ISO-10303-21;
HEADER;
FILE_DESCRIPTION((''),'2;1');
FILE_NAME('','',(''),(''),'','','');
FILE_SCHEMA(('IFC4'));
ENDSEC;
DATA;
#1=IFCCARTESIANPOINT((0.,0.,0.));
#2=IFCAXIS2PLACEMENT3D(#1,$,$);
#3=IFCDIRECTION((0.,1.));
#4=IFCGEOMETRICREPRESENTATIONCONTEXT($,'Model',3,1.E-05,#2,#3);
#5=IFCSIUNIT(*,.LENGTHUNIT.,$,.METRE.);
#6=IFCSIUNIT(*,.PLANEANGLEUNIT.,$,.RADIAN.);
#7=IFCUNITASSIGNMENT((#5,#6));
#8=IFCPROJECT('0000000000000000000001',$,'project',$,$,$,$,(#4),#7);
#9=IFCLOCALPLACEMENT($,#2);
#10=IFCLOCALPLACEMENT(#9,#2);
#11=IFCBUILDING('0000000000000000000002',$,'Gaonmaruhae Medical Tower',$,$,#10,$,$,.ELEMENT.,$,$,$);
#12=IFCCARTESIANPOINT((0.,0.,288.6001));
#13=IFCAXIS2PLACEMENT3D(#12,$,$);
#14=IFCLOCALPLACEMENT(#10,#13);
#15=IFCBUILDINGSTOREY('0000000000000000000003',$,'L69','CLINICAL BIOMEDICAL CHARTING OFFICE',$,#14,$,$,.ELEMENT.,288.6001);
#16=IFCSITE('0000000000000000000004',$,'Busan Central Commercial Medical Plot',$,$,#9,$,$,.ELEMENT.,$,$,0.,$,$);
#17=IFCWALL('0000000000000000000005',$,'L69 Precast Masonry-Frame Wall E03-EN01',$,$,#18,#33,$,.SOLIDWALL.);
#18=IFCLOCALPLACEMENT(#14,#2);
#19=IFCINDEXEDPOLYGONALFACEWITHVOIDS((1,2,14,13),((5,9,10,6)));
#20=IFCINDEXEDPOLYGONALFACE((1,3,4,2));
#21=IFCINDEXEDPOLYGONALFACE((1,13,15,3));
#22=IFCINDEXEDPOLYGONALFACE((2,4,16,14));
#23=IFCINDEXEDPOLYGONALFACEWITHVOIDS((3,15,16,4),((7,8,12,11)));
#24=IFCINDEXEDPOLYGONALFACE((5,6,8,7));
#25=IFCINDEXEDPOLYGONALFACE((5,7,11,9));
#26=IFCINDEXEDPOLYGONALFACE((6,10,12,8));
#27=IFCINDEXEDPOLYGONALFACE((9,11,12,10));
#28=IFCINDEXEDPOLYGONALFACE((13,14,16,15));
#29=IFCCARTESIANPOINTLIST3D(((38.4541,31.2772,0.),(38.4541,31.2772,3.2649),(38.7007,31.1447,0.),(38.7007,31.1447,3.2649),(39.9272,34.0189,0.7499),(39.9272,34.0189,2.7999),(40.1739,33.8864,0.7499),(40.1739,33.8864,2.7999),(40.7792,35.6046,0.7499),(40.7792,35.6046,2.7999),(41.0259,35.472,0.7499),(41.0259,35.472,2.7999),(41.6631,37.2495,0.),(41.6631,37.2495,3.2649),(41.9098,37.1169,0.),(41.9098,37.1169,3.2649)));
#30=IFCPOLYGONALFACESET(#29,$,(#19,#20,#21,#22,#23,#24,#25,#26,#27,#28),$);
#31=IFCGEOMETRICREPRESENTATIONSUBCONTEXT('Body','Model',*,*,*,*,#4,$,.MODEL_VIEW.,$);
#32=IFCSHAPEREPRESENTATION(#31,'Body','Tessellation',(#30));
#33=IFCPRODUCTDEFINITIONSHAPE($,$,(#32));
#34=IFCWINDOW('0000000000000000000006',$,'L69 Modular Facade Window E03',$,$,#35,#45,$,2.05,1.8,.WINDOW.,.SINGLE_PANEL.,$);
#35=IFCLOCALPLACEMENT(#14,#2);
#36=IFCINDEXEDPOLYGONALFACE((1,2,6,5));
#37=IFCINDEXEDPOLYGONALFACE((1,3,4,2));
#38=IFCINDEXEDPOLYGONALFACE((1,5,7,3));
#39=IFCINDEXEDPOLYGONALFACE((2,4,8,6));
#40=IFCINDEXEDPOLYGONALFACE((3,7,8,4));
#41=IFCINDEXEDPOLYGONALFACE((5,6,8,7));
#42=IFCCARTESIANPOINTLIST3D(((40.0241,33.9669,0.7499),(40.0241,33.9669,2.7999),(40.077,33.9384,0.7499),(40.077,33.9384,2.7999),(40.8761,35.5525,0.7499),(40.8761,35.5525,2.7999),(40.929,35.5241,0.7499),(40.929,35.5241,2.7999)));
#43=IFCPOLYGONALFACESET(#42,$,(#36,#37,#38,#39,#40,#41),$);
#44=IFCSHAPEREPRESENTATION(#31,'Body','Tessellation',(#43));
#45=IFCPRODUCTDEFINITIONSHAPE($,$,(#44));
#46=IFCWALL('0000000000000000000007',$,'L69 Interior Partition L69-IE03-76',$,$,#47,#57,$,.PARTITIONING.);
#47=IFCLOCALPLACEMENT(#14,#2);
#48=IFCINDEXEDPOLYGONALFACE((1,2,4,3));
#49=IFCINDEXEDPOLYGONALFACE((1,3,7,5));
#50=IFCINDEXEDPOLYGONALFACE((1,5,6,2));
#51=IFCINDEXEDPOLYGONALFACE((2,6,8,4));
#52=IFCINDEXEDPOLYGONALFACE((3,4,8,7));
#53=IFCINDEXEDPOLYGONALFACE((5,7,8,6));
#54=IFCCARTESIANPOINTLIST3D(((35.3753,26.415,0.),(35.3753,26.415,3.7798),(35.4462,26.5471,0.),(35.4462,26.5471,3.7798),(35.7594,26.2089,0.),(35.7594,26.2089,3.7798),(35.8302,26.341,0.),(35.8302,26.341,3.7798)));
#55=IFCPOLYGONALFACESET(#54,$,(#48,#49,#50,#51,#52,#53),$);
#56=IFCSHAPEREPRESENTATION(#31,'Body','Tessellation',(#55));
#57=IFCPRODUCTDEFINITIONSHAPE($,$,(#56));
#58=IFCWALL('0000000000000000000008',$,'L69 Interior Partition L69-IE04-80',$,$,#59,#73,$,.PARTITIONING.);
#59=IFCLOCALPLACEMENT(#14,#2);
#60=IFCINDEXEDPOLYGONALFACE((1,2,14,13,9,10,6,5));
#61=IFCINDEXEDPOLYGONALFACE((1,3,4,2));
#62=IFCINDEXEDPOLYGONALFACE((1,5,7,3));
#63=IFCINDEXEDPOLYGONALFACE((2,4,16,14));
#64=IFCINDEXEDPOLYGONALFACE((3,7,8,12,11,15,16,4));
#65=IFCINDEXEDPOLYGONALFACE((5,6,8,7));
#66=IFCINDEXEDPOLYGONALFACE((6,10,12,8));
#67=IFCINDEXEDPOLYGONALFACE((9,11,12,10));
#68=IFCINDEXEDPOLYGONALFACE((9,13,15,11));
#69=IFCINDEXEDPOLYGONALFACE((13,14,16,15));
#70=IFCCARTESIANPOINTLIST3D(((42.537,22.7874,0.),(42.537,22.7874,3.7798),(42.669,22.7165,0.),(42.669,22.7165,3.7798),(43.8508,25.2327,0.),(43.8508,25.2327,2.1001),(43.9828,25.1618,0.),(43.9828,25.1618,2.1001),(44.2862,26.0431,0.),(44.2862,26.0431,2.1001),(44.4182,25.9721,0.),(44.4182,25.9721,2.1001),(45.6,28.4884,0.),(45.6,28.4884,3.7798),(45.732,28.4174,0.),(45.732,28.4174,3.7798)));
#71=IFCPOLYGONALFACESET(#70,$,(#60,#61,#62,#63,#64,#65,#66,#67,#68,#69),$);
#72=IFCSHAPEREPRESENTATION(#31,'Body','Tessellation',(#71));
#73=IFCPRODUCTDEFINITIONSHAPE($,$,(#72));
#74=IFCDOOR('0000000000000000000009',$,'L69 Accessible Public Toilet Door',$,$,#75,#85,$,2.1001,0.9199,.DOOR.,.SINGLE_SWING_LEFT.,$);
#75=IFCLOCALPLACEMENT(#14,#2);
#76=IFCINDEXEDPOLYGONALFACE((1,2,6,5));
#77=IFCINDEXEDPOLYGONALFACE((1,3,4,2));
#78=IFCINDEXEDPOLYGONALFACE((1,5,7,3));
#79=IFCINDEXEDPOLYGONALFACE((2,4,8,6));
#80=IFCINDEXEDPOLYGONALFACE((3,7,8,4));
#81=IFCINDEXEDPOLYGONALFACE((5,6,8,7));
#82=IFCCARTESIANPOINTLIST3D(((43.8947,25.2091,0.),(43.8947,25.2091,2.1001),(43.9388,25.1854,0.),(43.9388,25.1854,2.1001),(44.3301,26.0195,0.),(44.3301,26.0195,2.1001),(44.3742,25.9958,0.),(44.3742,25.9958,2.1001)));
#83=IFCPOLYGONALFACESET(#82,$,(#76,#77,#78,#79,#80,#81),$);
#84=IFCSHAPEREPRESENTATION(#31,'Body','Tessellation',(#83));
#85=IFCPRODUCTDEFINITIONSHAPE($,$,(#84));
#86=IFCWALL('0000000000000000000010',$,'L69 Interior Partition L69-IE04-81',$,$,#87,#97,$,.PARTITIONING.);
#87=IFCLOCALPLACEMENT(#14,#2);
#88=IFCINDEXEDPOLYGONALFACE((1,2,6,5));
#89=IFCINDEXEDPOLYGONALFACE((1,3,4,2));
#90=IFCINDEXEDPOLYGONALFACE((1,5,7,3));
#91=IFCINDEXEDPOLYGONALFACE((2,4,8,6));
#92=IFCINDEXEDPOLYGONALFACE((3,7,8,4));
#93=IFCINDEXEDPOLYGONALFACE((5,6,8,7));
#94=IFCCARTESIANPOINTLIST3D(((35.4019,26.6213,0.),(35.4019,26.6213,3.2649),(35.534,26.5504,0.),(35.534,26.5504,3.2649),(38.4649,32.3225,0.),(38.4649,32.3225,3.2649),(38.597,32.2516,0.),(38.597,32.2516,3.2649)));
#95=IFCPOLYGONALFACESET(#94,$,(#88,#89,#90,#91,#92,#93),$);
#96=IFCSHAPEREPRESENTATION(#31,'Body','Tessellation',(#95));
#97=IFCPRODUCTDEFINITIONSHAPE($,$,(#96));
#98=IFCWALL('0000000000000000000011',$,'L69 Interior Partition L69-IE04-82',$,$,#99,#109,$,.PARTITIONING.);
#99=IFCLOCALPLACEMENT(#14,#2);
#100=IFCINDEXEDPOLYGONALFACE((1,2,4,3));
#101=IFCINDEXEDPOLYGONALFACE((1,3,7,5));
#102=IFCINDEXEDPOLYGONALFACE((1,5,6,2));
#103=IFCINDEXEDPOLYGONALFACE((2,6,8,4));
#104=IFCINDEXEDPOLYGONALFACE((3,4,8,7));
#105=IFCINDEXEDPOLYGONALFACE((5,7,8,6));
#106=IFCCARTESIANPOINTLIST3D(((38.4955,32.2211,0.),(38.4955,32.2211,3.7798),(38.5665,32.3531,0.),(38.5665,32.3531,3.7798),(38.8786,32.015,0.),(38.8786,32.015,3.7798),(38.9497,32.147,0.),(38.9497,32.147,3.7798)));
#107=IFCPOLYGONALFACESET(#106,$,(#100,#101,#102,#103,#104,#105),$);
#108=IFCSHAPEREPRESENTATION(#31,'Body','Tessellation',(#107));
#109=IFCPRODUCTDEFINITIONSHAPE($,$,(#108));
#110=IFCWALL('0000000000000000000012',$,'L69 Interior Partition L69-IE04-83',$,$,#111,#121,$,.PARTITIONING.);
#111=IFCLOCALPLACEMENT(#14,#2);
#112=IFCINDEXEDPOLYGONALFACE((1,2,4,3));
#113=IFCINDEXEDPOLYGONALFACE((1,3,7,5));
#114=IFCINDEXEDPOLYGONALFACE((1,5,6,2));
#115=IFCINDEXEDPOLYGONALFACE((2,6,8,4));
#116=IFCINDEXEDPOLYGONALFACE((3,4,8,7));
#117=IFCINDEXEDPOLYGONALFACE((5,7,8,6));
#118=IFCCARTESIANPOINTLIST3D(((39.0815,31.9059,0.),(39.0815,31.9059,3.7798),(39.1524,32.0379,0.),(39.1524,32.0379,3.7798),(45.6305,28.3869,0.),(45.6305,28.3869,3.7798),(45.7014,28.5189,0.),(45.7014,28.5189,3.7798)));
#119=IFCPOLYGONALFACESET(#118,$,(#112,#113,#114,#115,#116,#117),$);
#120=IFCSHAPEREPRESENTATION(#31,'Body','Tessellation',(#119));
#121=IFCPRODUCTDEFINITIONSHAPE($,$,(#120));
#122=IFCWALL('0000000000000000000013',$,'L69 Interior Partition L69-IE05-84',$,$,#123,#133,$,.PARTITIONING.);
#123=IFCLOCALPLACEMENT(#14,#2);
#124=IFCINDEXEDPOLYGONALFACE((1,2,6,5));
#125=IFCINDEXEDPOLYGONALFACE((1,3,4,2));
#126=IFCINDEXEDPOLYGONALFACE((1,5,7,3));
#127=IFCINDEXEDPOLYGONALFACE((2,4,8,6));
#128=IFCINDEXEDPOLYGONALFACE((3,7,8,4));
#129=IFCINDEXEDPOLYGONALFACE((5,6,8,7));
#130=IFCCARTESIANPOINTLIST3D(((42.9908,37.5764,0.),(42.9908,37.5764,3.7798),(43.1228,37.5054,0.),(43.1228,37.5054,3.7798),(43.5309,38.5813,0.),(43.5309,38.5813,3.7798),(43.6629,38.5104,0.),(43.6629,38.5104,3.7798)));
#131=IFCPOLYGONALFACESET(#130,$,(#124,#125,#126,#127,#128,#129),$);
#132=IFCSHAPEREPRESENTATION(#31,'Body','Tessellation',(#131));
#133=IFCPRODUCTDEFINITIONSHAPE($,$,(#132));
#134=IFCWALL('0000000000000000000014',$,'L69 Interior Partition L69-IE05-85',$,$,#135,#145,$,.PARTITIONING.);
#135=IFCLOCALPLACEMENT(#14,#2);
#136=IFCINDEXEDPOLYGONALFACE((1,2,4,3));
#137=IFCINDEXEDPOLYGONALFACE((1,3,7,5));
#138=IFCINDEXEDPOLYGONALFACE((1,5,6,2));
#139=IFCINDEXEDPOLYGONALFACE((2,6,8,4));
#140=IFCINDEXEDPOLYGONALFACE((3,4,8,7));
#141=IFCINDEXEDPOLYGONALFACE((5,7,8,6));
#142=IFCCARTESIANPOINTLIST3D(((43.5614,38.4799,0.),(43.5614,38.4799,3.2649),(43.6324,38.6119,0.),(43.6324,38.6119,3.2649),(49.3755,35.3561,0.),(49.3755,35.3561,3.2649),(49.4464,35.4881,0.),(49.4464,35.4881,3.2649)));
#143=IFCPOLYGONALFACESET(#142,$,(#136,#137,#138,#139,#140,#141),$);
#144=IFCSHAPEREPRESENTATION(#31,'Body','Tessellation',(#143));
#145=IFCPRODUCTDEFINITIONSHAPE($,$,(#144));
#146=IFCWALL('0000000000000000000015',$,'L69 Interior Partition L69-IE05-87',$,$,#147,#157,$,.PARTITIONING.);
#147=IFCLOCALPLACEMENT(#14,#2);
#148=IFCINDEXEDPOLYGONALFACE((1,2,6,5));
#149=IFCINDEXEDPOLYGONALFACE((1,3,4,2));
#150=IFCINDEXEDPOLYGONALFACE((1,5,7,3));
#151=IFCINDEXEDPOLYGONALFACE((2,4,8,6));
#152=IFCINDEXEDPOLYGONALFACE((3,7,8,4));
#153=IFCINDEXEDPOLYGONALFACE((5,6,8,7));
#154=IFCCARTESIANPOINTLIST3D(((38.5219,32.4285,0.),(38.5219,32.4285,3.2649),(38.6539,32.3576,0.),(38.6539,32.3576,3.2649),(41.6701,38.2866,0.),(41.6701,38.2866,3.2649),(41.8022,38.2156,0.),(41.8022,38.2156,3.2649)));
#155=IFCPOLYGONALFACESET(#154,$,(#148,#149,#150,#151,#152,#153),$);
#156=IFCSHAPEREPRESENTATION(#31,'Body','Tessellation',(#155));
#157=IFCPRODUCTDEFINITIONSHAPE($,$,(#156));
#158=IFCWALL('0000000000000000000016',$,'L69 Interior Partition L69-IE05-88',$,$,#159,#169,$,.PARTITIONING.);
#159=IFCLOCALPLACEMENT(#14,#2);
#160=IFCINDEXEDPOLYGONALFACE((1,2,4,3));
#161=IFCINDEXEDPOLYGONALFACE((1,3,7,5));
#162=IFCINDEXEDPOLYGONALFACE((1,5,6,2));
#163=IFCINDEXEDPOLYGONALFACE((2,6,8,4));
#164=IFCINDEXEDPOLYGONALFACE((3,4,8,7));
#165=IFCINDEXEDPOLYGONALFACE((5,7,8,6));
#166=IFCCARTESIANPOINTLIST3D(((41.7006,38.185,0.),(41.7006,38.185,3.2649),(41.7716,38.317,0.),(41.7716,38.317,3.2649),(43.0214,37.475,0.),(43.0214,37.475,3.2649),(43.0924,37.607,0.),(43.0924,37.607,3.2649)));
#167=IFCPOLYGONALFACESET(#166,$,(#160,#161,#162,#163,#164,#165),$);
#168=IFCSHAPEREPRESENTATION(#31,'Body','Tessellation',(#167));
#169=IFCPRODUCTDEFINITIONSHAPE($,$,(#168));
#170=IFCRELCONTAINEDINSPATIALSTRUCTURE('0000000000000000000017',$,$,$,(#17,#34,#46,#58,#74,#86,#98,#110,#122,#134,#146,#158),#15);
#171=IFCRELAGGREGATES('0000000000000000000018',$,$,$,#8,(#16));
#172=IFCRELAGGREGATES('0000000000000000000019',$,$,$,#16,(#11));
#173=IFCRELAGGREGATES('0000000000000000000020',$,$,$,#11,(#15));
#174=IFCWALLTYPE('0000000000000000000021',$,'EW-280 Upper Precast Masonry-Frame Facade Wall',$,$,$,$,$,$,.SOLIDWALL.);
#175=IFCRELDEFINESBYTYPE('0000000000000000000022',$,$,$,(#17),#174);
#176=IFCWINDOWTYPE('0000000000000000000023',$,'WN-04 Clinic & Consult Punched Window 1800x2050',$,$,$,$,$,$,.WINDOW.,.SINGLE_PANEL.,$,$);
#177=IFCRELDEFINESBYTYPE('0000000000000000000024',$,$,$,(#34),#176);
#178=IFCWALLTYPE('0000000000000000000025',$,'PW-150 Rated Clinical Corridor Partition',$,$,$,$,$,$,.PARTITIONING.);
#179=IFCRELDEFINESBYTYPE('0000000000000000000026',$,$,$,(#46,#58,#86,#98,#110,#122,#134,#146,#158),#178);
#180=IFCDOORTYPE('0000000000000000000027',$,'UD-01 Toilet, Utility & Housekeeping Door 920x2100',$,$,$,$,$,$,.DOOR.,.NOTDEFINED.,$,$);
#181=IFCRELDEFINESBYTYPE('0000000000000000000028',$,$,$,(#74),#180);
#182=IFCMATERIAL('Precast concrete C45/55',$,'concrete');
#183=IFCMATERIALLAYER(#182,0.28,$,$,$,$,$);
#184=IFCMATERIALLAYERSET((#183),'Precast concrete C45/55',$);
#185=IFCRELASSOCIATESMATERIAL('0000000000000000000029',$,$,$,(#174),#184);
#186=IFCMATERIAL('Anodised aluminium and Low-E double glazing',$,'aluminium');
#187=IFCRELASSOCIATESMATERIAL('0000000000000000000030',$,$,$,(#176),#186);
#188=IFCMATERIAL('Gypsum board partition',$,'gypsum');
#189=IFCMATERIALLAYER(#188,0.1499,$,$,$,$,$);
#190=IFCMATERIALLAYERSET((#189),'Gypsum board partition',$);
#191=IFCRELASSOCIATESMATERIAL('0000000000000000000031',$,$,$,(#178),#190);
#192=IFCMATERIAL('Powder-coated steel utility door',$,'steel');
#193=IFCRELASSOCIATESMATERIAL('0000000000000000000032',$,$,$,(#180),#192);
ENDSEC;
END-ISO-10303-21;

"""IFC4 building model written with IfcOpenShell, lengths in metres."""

from ifc_helpers import new_model, si_unit, direction, frame, frame_2d, origin, place, context, subcontext, project, spatial, rectangle, extrude, material, layer, layer_set, type_object, element, fill, save


model = new_model("IFC4")

# Units and contexts
model_context = context("Model", 3, precision=1e-05, world=origin(), true_north=direction((0.0, 1.0)))
body_context = subcontext(model_context, "Body", "Model", "MODEL_VIEW")
ifc_project = project(units=[si_unit("LENGTHUNIT", "METRE"), si_unit("PLANEANGLEUNIT", "RADIAN")], contexts=[model_context])

# Site, building, storey
site_placement = place(None, origin())
site = spatial("IfcSite", under=ifc_project, at=site_placement, Name="Busan Central Commercial Medical Plot", CompositionType="ELEMENT", RefElevation=0.0)
building_placement = place(site_placement, origin())
building = spatial("IfcBuilding", under=site, at=building_placement, Name="Gaonmaruhae Medical Tower", CompositionType="ELEMENT")
storey_placement = place(building_placement, frame((0.0, 0.0, 288.6001)))
storey = spatial("IfcBuildingStorey", under=building, at=storey_placement, Name="L69", Description="CLINICAL BIOMEDICAL CHARTING OFFICE", CompositionType="ELEMENT", Elevation=288.6001)

# Shared definitions
ifc_material_1 = material(Name="Precast concrete C45/55", Category="concrete")
ifc_layer_1 = layer(ifc_material_1, 0.28)
ifc_layer_set_1 = layer_set([ifc_layer_1], Name="Precast concrete C45/55")
wall_type_1 = type_object("IfcWallType", Name="EW-280 Upper Precast Masonry-Frame Facade Wall", PredefinedType="SOLIDWALL", material=ifc_layer_set_1)

# Wall, opening, window
wall_1_placement = place(storey_placement, frame((38.5774, 31.2109, 0.0), z_axis=(0.0, 0.0, 1.0), x_axis=(0.473322, 0.880889, 0.0)))
wall_1 = element("IfcWall", 1, at=wall_1_placement, inside=storey, type_object=wall_type_1, Name="L69 Precast Masonry-Frame Wall E03-EN01", PredefinedType="SOLIDWALL", context=body_context, shape_type="SweptSolid", body=[
    extrude(rectangle(XDim=6.7798, YDim=0.28, at=frame_2d((3.3899, 0.0))), origin(), (0.0, 0.0, 1.0), 3.2649),
])
opening_1_placement = place(wall_1_placement, frame((3.1125, 0.0, 0.75)))
opening_1 = element("IfcOpeningElement", 2, at=opening_1_placement, cuts=wall_1, PredefinedType="OPENING", context=body_context, shape_type="SweptSolid", body=[
    extrude(rectangle(XDim=1.8, YDim=2.05, at=frame_2d((0.8999, 1.0249))), frame((0.0, 0.1499, 0.0), z_axis=(0.0, -1.0, 0.0), x_axis=(1.0, 0.0, 0.0)), (0.0, 0.0, 1.0), 0.3),
])
ifc_material_2 = material(Name="Anodised aluminium and Low-E double glazing", Category="aluminium")
window_type = type_object("IfcWindowType", Name="WN-04 Clinic & Consult Punched Window 1800x2050", PartitioningType="SINGLE_PANEL", PredefinedType="WINDOW", material=ifc_material_2)
window_placement = place(opening_1_placement, origin())
window = element("IfcWindow", 3, at=window_placement, inside=storey, type_object=window_type, Name="L69 Modular Facade Window E03", OverallHeight=2.05, OverallWidth=1.8, PartitioningType="SINGLE_PANEL", PredefinedType="WINDOW", context=body_context, shape_type="SweptSolid", body=[
    extrude(rectangle(XDim=1.8, YDim=2.05, at=frame_2d((0.8999, 1.0249))), frame((0.0, 0.03, 0.0), z_axis=(0.0, -1.0, 0.0), x_axis=(1.0, 0.0, 0.0)), (0.0, 0.0, 1.0), 0.0601),
])
fill(opening_1, window)

# Wall
ifc_material_3 = material(Name="Gypsum board partition", Category="gypsum")
ifc_layer_2 = layer(ifc_material_3, 0.1499)
ifc_layer_set_2 = layer_set([ifc_layer_2], Name="Gypsum board partition")
wall_type_2 = type_object("IfcWallType", Name="PW-150 Rated Clinical Corridor Partition", PredefinedType="PARTITIONING", material=ifc_layer_set_2)
wall_2_placement = place(storey_placement, frame((35.4109, 26.481, 0.0), z_axis=(0.0, 0.0, 1.0), x_axis=(0.881172, -0.472796, 0.0)))
element("IfcWall", 4, at=wall_2_placement, inside=storey, type_object=wall_type_2, Name="L69 Interior Partition L69-IE03-76", PredefinedType="PARTITIONING", context=body_context, shape_type="SweptSolid", body=[
    extrude(rectangle(XDim=0.4358, YDim=0.1499, at=frame_2d((0.2178, 0.0))), origin(), (0.0, 0.0, 1.0), 3.7798),
])

# Wall, opening, door
wall_3_placement = place(storey_placement, frame((45.666, 28.4529, 0.0), z_axis=(0.0, 0.0, 1.0), x_axis=(-0.473292, -0.880906, 0.0)))
wall_3 = element("IfcWall", 5, at=wall_3_placement, inside=storey, type_object=wall_type_2, Name="L69 Interior Partition L69-IE04-80", PredefinedType="PARTITIONING", context=body_context, shape_type="SweptSolid", body=[
    extrude(rectangle(XDim=6.4717, YDim=0.1499, at=frame_2d((3.2358, 0.0))), origin(), (0.0, 0.0, 1.0), 3.7798),
])
opening_2_placement = place(wall_3_placement, frame((2.7759, 0.0, 0.0)))
opening_2 = element("IfcOpeningElement", 6, at=opening_2_placement, cuts=wall_3, PredefinedType="OPENING", context=body_context, shape_type="SweptSolid", body=[
    extrude(rectangle(XDim=0.9199, YDim=2.1001, at=frame_2d((0.46, 1.05))), frame((0.0, 0.085, 0.0), z_axis=(0.0, -1.0, 0.0), x_axis=(1.0, 0.0, 0.0)), (0.0, 0.0, 1.0), 0.1699),
])
ifc_material_4 = material(Name="Powder-coated steel utility door", Category="steel")
door_type = type_object("IfcDoorType", Name="UD-01 Toilet, Utility & Housekeeping Door 920x2100", OperationType="NOTDEFINED", PredefinedType="DOOR", material=ifc_material_4)
door_placement = place(opening_2_placement, origin())
door = element("IfcDoor", 7, at=door_placement, inside=storey, type_object=door_type, Name="L69 Accessible Public Toilet Door", OperationType="SINGLE_SWING_LEFT", OverallHeight=2.1001, OverallWidth=0.9199, PredefinedType="DOOR", context=body_context, shape_type="SweptSolid", body=[
    extrude(rectangle(XDim=0.9199, YDim=2.1001, at=frame_2d((0.46, 1.05))), frame((0.0, 0.0249, 0.0), z_axis=(0.0, -1.0, 0.0), x_axis=(1.0, 0.0, 0.0)), (0.0, 0.0, 1.0), 0.05),
])
fill(opening_2, door)

# Walls
wall_4_placement = place(storey_placement, frame((35.468, 26.5859, 0.0), z_axis=(0.0, 0.0, 1.0), x_axis=(0.473276, 0.880914, 0.0)))
element("IfcWall", 8, at=wall_4_placement, inside=storey, type_object=wall_type_2, Name="L69 Interior Partition L69-IE04-81", PredefinedType="PARTITIONING", context=body_context, shape_type="SweptSolid", body=[
    extrude(rectangle(XDim=6.4719, YDim=0.1499, at=frame_2d((3.2358, 0.0))), origin(), (0.0, 0.0, 1.0), 3.2649),
])
wall_5_placement = place(storey_placement, frame((38.531, 32.2871, 0.0), z_axis=(0.0, 0.0, 1.0), x_axis=(0.880669, -0.473732, 0.0)))
element("IfcWall", 9, at=wall_5_placement, inside=storey, type_object=wall_type_2, Name="L69 Interior Partition L69-IE04-82", PredefinedType="PARTITIONING", context=body_context, shape_type="SweptSolid", body=[
    extrude(rectangle(XDim=0.4351, YDim=0.1499, at=frame_2d((0.2175, 0.0))), origin(), (0.0, 0.0, 1.0), 3.7798),
])
wall_6_placement = place(storey_placement, frame((39.1169, 31.9719, 0.0), z_axis=(0.0, 0.0, 1.0), x_axis=(0.880885, -0.47333, 0.0)))
element("IfcWall", 10, at=wall_6_placement, inside=storey, type_object=wall_type_2, Name="L69 Interior Partition L69-IE04-83", PredefinedType="PARTITIONING", context=body_context, shape_type="SweptSolid", body=[
    extrude(rectangle(XDim=7.4346, YDim=0.1499, at=frame_2d((3.7173, 0.0))), origin(), (0.0, 0.0, 1.0), 3.7798),
])
wall_7_placement = place(storey_placement, frame((43.0569, 37.541, 0.0), z_axis=(0.0, 0.0, 1.0), x_axis=(0.473385, 0.880856, 0.0)))
element("IfcWall", 11, at=wall_7_placement, inside=storey, type_object=wall_type_2, Name="L69 Interior Partition L69-IE05-84", PredefinedType="PARTITIONING", context=body_context, shape_type="SweptSolid", body=[
    extrude(rectangle(XDim=1.1409, YDim=0.1499, at=frame_2d((0.5703, 0.0))), origin(), (0.0, 0.0, 1.0), 3.7798),
])
wall_8_placement = place(storey_placement, frame((43.5969, 38.5459, 0.0), z_axis=(0.0, 0.0, 1.0), x_axis=(0.880902, -0.473299, 0.0)))
element("IfcWall", 12, at=wall_8_placement, inside=storey, type_object=wall_type_2, Name="L69 Interior Partition L69-IE05-85", PredefinedType="PARTITIONING", context=body_context, shape_type="SweptSolid", body=[
    extrude(rectangle(XDim=6.6001, YDim=0.1499, at=frame_2d((3.3, 0.0))), origin(), (0.0, 0.0, 1.0), 3.2649),
])
wall_9_placement = place(storey_placement, frame((38.5879, 32.3931, 0.0), z_axis=(0.0, 0.0, 1.0), x_axis=(0.473393, 0.880852, 0.0)))
element("IfcWall", 13, at=wall_9_placement, inside=storey, type_object=wall_type_2, Name="L69 Interior Partition L69-IE05-87", PredefinedType="PARTITIONING", context=body_context, shape_type="SweptSolid", body=[
    extrude(rectangle(XDim=6.6504, YDim=0.1499, at=frame_2d((3.3252, 0.0))), origin(), (0.0, 0.0, 1.0), 3.2649),
])
wall_10_placement = place(storey_placement, frame((41.7361, 38.251, 0.0), z_axis=(0.0, 0.0, 1.0), x_axis=(0.880816, -0.473459, 0.0)))
element("IfcWall", 14, at=wall_10_placement, inside=storey, type_object=wall_type_2, Name="L69 Interior Partition L69-IE05-88", PredefinedType="PARTITIONING", context=body_context, shape_type="SweptSolid", body=[
    extrude(rectangle(XDim=1.4995, YDim=0.1499, at=frame_2d((0.7498, 0.0))), origin(), (0.0, 0.0, 1.0), 3.2649),
])

save(model, "model.ifc")
